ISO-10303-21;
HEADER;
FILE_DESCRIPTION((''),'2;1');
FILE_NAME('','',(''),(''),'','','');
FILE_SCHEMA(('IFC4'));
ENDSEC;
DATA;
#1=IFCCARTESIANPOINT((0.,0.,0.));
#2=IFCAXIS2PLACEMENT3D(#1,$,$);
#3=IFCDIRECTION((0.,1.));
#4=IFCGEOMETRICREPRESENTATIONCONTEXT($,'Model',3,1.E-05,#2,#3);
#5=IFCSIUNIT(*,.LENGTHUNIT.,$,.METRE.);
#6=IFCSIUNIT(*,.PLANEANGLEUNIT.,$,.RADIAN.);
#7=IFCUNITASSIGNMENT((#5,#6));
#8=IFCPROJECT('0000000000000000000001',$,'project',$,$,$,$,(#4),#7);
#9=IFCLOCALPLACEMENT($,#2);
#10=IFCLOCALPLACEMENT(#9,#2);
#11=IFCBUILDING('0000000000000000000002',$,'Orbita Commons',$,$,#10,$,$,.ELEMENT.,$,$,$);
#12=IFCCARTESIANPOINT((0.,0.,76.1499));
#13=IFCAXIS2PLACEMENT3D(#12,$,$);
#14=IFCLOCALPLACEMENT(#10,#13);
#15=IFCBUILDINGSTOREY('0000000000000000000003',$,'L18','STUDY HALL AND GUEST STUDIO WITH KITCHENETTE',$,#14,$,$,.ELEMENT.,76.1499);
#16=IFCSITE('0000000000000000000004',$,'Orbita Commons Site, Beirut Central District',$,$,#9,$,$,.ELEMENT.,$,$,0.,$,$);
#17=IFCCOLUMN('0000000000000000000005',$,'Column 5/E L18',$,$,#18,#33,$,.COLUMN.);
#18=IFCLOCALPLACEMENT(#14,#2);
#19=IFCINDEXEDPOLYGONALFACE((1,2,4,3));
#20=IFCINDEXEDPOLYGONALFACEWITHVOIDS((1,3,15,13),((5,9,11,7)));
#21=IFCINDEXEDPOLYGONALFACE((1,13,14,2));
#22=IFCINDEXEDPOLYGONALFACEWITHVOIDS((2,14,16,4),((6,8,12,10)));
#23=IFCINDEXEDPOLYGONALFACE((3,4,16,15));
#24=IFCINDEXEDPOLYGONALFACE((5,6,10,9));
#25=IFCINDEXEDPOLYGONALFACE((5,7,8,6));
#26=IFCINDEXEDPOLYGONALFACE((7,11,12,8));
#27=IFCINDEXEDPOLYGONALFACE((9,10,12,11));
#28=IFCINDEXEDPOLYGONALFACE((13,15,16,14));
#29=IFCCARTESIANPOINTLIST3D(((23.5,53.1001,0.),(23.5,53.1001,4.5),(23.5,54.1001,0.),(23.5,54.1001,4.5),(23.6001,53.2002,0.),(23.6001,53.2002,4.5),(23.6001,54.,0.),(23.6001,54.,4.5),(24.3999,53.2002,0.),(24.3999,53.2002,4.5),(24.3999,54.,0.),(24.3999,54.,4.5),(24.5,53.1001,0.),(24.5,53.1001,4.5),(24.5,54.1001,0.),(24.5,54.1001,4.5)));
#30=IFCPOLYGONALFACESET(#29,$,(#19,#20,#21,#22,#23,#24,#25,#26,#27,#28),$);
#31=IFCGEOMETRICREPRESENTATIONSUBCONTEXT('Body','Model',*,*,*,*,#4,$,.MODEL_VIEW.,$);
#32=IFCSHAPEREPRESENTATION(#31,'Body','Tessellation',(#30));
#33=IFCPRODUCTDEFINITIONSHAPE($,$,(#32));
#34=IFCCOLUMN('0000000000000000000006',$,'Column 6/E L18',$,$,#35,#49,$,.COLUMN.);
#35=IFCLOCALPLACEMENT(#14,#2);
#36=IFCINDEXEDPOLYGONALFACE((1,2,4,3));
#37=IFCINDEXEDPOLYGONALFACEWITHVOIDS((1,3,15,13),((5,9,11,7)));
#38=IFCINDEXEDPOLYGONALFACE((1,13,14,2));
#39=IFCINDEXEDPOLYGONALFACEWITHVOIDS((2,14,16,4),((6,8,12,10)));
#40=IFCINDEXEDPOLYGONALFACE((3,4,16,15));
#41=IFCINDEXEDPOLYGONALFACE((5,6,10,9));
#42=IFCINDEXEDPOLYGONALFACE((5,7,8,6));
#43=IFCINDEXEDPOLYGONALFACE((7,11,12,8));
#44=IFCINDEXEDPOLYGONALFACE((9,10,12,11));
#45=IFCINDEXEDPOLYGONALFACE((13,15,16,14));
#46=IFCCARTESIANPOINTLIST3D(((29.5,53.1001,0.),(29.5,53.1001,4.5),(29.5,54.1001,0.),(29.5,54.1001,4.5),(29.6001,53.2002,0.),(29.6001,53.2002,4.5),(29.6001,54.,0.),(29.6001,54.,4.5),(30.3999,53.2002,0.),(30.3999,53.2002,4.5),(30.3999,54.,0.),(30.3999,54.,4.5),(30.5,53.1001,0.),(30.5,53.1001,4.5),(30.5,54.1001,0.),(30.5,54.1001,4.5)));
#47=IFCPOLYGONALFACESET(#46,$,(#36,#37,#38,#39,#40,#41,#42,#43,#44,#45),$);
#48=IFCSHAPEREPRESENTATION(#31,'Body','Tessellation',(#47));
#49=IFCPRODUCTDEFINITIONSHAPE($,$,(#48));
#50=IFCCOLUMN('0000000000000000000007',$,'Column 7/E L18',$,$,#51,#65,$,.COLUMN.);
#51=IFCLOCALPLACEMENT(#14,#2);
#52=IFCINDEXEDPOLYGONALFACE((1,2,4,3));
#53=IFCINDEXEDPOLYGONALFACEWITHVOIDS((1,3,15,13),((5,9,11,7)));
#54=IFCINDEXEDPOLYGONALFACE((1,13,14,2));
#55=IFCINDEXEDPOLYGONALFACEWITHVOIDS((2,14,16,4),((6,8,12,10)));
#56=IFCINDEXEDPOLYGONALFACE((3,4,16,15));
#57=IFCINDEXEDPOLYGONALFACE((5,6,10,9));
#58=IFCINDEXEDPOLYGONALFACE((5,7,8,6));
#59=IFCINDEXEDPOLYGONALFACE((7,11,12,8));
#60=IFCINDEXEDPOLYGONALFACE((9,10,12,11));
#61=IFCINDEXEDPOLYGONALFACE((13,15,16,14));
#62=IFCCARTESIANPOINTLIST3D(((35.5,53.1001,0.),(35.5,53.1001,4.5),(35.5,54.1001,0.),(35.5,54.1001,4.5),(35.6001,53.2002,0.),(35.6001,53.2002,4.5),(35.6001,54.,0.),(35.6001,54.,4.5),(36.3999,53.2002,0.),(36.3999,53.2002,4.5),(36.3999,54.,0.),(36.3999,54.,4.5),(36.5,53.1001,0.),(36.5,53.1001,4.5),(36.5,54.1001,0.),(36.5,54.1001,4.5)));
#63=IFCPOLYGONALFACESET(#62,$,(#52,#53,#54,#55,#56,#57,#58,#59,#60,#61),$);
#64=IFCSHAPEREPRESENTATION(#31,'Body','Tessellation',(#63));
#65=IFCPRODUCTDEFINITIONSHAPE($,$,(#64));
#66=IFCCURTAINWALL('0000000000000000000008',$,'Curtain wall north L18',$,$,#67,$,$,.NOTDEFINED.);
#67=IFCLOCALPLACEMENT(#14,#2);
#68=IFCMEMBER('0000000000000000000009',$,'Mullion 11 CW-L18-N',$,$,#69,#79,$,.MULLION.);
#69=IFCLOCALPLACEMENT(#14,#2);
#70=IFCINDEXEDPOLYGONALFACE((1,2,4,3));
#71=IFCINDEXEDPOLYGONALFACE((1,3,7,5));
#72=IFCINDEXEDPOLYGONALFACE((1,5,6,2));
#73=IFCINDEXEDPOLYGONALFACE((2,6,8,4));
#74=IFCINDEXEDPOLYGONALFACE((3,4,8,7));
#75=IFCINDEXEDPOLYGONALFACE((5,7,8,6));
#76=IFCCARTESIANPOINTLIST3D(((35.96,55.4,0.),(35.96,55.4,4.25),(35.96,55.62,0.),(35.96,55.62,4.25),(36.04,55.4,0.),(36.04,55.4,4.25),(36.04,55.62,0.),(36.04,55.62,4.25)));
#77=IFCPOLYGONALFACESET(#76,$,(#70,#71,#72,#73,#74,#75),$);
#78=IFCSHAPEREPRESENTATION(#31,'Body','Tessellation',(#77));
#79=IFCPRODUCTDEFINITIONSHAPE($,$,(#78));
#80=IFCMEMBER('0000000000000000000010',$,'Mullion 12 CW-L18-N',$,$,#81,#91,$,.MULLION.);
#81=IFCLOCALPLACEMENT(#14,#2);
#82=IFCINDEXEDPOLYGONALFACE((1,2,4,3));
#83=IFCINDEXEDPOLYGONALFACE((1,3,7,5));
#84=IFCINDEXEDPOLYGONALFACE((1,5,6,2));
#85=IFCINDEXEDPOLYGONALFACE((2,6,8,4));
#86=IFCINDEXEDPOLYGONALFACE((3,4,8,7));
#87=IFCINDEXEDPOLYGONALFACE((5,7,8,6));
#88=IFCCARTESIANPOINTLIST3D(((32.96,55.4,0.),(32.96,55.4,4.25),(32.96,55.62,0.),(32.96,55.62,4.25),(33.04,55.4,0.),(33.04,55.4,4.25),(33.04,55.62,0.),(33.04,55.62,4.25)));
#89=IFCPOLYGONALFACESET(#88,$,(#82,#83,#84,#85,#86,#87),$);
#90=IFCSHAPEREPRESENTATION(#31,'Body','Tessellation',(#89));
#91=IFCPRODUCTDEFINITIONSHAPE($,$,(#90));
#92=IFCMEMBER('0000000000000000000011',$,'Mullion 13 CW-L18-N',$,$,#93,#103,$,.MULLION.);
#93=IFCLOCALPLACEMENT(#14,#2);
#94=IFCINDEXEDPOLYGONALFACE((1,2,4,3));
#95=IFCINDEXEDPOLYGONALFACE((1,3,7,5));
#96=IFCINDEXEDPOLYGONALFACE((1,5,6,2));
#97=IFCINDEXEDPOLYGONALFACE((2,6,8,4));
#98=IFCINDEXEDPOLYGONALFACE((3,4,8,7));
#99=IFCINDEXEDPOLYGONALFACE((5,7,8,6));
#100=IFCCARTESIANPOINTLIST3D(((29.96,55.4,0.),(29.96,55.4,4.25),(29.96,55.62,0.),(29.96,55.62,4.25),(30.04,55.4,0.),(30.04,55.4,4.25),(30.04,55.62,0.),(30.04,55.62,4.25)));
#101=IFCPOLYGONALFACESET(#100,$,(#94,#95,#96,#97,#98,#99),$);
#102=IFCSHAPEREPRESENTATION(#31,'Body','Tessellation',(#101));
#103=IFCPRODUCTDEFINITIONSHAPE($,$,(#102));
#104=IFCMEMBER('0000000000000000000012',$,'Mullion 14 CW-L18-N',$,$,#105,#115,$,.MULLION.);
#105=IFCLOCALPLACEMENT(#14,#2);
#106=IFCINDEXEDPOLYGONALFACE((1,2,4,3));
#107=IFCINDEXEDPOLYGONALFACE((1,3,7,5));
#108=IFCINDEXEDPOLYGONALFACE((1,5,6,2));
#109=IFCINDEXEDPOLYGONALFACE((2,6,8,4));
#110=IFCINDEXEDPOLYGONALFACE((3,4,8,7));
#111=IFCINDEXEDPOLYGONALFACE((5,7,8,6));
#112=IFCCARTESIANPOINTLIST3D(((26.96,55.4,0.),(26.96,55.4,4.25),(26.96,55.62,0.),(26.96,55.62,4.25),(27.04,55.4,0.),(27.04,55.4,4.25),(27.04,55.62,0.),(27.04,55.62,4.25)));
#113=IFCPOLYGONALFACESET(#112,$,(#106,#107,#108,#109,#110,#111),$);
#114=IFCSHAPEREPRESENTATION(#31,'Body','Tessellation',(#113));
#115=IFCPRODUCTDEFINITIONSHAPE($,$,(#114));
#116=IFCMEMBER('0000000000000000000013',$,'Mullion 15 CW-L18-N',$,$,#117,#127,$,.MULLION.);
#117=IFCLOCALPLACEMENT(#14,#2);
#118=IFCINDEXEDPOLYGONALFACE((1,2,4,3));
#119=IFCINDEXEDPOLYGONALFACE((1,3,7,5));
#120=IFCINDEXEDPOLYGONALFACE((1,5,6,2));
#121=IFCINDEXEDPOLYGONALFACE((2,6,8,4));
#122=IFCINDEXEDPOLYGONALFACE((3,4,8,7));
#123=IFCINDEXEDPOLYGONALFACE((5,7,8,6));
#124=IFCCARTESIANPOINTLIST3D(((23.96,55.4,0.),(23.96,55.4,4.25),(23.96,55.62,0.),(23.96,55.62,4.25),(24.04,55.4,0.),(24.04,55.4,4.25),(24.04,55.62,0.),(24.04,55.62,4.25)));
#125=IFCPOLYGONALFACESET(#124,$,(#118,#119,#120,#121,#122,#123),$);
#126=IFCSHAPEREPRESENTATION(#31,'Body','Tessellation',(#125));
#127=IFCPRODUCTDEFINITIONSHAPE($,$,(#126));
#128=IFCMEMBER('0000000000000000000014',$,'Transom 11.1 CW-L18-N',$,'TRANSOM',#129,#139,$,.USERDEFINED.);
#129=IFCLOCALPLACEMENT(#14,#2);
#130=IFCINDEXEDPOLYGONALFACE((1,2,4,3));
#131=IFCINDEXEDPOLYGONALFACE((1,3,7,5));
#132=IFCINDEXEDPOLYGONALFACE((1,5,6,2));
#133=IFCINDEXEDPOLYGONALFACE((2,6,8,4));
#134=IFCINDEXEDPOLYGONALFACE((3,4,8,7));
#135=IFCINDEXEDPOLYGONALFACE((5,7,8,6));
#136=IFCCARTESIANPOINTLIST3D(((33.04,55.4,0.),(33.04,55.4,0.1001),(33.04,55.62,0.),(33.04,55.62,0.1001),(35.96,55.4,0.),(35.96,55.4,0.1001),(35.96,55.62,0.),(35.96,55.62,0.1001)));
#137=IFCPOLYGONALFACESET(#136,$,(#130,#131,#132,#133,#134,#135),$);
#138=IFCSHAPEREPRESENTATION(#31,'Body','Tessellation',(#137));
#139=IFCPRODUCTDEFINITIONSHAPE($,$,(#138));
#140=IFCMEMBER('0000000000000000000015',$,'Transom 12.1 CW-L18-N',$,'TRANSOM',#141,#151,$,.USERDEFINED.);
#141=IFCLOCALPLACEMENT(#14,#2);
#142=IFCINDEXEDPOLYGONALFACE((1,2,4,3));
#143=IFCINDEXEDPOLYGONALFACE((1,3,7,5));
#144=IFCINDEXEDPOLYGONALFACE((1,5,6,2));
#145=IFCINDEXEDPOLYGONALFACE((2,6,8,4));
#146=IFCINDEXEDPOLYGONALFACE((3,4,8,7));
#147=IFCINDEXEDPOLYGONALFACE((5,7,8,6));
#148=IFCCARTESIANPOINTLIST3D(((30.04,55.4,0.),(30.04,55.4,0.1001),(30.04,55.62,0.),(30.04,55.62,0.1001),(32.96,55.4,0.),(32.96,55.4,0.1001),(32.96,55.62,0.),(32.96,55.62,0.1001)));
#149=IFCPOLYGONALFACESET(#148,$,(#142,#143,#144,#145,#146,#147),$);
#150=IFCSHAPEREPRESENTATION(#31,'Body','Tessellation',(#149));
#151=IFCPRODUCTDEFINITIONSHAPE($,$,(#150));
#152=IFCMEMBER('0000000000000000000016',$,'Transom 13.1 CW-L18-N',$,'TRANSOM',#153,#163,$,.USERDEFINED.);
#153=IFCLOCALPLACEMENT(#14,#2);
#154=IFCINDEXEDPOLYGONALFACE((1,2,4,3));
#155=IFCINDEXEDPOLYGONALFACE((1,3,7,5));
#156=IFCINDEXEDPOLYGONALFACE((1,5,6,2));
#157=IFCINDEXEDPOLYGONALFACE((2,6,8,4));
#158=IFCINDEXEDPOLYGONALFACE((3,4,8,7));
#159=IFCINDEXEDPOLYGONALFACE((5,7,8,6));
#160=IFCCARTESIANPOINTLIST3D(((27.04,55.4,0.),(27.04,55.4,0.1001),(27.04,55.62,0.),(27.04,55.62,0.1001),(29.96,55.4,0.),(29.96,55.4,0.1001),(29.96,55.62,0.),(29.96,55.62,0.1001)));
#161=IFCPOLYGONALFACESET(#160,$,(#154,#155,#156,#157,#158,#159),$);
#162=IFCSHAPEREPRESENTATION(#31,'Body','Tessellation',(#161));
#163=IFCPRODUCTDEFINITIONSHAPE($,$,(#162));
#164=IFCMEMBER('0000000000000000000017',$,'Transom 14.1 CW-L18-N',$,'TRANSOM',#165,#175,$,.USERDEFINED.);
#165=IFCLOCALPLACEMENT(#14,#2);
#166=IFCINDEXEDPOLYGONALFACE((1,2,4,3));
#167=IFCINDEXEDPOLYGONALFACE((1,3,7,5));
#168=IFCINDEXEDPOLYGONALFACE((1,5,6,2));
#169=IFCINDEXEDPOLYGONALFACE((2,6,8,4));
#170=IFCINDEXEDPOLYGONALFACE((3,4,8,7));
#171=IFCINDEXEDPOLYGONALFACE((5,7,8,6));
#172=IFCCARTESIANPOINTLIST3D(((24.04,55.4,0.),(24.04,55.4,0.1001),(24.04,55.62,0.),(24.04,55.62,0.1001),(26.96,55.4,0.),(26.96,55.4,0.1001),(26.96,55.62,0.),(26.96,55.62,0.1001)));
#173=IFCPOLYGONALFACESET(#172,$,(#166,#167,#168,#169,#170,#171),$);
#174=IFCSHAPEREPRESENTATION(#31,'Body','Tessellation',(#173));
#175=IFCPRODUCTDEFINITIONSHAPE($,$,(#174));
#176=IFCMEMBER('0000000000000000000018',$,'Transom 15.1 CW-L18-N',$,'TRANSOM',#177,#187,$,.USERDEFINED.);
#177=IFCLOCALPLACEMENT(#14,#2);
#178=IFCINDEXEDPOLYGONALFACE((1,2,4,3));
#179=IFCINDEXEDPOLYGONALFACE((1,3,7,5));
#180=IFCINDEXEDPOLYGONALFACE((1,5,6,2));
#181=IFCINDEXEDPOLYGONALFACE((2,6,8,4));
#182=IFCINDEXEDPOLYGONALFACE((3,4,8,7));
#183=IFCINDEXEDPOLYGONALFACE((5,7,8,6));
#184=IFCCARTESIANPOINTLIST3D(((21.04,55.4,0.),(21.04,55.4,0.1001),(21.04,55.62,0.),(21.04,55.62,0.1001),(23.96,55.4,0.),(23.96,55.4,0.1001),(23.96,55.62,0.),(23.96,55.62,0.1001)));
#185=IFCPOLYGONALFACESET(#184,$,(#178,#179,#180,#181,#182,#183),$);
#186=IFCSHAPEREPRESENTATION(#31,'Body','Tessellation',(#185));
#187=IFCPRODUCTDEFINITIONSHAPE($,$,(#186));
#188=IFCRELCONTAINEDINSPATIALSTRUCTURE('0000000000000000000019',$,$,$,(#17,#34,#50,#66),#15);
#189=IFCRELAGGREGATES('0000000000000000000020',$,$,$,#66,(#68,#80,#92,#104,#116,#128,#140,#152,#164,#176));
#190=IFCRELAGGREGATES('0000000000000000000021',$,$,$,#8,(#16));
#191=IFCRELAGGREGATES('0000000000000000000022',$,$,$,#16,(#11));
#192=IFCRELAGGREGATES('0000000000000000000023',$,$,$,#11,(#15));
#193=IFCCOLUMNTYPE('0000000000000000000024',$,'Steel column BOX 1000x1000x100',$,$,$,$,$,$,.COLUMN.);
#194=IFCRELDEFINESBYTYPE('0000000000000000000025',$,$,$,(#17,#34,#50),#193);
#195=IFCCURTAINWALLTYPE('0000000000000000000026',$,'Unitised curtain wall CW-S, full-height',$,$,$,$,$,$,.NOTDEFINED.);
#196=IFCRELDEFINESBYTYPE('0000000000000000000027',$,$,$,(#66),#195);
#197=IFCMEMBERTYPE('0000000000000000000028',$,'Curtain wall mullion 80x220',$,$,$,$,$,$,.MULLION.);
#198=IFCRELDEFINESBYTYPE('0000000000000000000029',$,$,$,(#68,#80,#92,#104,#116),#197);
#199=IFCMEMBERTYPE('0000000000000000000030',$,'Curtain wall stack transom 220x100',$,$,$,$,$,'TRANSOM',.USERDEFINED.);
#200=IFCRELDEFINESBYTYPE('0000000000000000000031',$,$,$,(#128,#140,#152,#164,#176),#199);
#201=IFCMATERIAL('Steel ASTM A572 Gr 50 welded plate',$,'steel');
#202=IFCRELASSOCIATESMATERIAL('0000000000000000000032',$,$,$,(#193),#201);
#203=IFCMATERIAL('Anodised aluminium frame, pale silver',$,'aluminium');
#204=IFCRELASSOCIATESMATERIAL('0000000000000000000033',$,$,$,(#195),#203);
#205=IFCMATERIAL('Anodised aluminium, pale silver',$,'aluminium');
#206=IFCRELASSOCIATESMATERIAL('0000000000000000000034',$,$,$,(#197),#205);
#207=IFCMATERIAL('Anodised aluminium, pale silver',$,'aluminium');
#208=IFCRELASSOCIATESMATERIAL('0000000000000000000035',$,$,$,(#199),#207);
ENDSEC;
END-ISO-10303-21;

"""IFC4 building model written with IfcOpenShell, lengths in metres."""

from ifc_helpers import new_model, si_unit, direction, frame, origin, origin_2d, place, context, subcontext, project, spatial, rectangle, hollow_rectangle, extrude, material, material_profile, profile_set, type_object, element, aggregate, save


model = new_model("IFC4")

# Units and contexts
model_context = context("Model", 3, precision=1e-05, world=origin(), true_north=direction((0.0, 1.0)))
body_context = subcontext(model_context, "Body", "Model", "MODEL_VIEW")
ifc_project = project(units=[si_unit("LENGTHUNIT", "METRE"), si_unit("PLANEANGLEUNIT", "RADIAN")], contexts=[model_context])

# Site, building, storey
site_placement = place(None, origin())
site = spatial("IfcSite", under=ifc_project, at=site_placement, Name="Orbita Commons Site, Beirut Central District", CompositionType="ELEMENT", RefElevation=0.0)
building_placement = place(site_placement, origin())
building = spatial("IfcBuilding", under=site, at=building_placement, Name="Orbita Commons", CompositionType="ELEMENT")
storey_placement = place(building_placement, frame((0.0, 0.0, 76.1499)))
storey = spatial("IfcBuildingStorey", under=building, at=storey_placement, Name="L18", Description="STUDY HALL AND GUEST STUDIO WITH KITCHENETTE", CompositionType="ELEMENT", Elevation=76.1499)

# Columns
ifc_material_1 = material(Name="Steel ASTM A572 Gr 50 welded plate", Category="steel")
ifc_material_profile_1 = material_profile(ifc_material_1, hollow_rectangle(XDim=1.0, YDim=1.0, WallThickness=0.1001, at=origin_2d()), Name="BOX 1000x1000x100")
ifc_profile_set_1 = profile_set([ifc_material_profile_1], Name="Steel ASTM A572 Gr 50 welded plate")
column_type = type_object("IfcColumnType", Name="Steel column BOX 1000x1000x100", PredefinedType="COLUMN", material=ifc_profile_set_1)
for number, where, z_axis, x_axis, name in (
    (1, (24.0, 53.6001, 0.0), (0.0, 0.0, 1.0), (1.0, 0.0, 0.0), "Column 5/E L18"),
    (2, (30.0, 53.6001, 0.0), (0.0, 0.0, 1.0), (1.0, 0.0, 0.0), "Column 6/E L18"),
    (3, (36.0, 53.6001, 0.0), (0.0, 0.0, 1.0), (1.0, 0.0, 0.0), "Column 7/E L18"),
):
    element("IfcColumn", number, at=place(storey_placement, frame(where, z_axis=z_axis, x_axis=x_axis)), inside=storey, type_object=column_type, Name=name, PredefinedType="COLUMN", context=body_context, shape_type="SweptSolid", body=[
        extrude(hollow_rectangle(XDim=1.0, YDim=1.0, WallThickness=0.1001, at=origin_2d()), origin(), (0.0, 0.0, 1.0), 4.5),
    ])

# Curtain wall, members
ifc_material_2 = material(Name="Anodised aluminium frame, pale silver", Category="aluminium")
curtain_wall_type = type_object("IfcCurtainWallType", Name="Unitised curtain wall CW-S, full-height", PredefinedType="NOTDEFINED", material=ifc_material_2)
curtain_wall_placement = place(storey_placement, origin())
curtain_wall = element("IfcCurtainWall", 4, at=curtain_wall_placement, inside=storey, type_object=curtain_wall_type, Name="Curtain wall north L18", PredefinedType="NOTDEFINED")
ifc_material_3 = material(Name="Anodised aluminium, pale silver", Category="aluminium")
ifc_material_profile_2 = material_profile(ifc_material_3, rectangle(XDim=0.0801, YDim=0.22, at=origin_2d()), Name="AL 80x220")
ifc_profile_set_2 = profile_set([ifc_material_profile_2], Name="Anodised aluminium, pale silver")
member_type_1 = type_object("IfcMemberType", Name="Curtain wall mullion 80x220", PredefinedType="MULLION", material=ifc_profile_set_2)
member_1_placement = place(storey_placement, frame((36.0, 55.51, 0.0), z_axis=(0.0, 0.0, 1.0), x_axis=(-1.0, 0.0, 0.0)))
member_1 = element("IfcMember", 5, at=member_1_placement, type_object=member_type_1, Name="Mullion 11 CW-L18-N", PredefinedType="MULLION", context=body_context, shape_type="SweptSolid", body=[
    extrude(rectangle(XDim=0.0801, YDim=0.22, at=origin_2d()), origin(), (0.0, 0.0, 1.0), 4.25),
])
member_2_placement = place(storey_placement, frame((33.0, 55.51, 0.0), z_axis=(0.0, 0.0, 1.0), x_axis=(-1.0, 0.0, 0.0)))
member_2 = element("IfcMember", 6, at=member_2_placement, type_object=member_type_1, Name="Mullion 12 CW-L18-N", PredefinedType="MULLION", context=body_context, shape_type="SweptSolid", body=[
    extrude(rectangle(XDim=0.0801, YDim=0.22, at=origin_2d()), origin(), (0.0, 0.0, 1.0), 4.25),
])
member_3_placement = place(storey_placement, frame((30.0, 55.51, 0.0), z_axis=(0.0, 0.0, 1.0), x_axis=(-1.0, 0.0, 0.0)))
member_3 = element("IfcMember", 7, at=member_3_placement, type_object=member_type_1, Name="Mullion 13 CW-L18-N", PredefinedType="MULLION", context=body_context, shape_type="SweptSolid", body=[
    extrude(rectangle(XDim=0.0801, YDim=0.22, at=origin_2d()), origin(), (0.0, 0.0, 1.0), 4.25),
])
member_4_placement = place(storey_placement, frame((27.0, 55.51, 0.0), z_axis=(0.0, 0.0, 1.0), x_axis=(-1.0, 0.0, 0.0)))
member_4 = element("IfcMember", 8, at=member_4_placement, type_object=member_type_1, Name="Mullion 14 CW-L18-N", PredefinedType="MULLION", context=body_context, shape_type="SweptSolid", body=[
    extrude(rectangle(XDim=0.0801, YDim=0.22, at=origin_2d()), origin(), (0.0, 0.0, 1.0), 4.25),
])
member_5_placement = place(storey_placement, frame((24.0, 55.51, 0.0), z_axis=(0.0, 0.0, 1.0), x_axis=(-1.0, 0.0, 0.0)))
member_5 = element("IfcMember", 9, at=member_5_placement, type_object=member_type_1, Name="Mullion 15 CW-L18-N", PredefinedType="MULLION", context=body_context, shape_type="SweptSolid", body=[
    extrude(rectangle(XDim=0.0801, YDim=0.22, at=origin_2d()), origin(), (0.0, 0.0, 1.0), 4.25),
])
ifc_material_4 = material(Name="Anodised aluminium, pale silver", Category="aluminium")
ifc_material_profile_3 = material_profile(ifc_material_4, rectangle(XDim=0.22, YDim=0.1001, at=origin_2d()), Name="AL 220x100")
ifc_profile_set_3 = profile_set([ifc_material_profile_3], Name="Anodised aluminium, pale silver")
member_type_2 = type_object("IfcMemberType", Name="Curtain wall stack transom 220x100", ElementType="TRANSOM", PredefinedType="USERDEFINED", material=ifc_profile_set_3)
member_6_placement = place(storey_placement, frame((35.96, 55.51, 0.05), z_axis=(-1.0, 0.0, 0.0), x_axis=(0.0, -1.0, 0.0)))
member_6 = element("IfcMember", 10, at=member_6_placement, type_object=member_type_2, Name="Transom 11.1 CW-L18-N", ObjectType="TRANSOM", PredefinedType="USERDEFINED", context=body_context, shape_type="SweptSolid", body=[
    extrude(rectangle(XDim=0.22, YDim=0.1001, at=origin_2d()), origin(), (0.0, 0.0, 1.0), 2.9199),
])
member_7_placement = place(storey_placement, frame((32.96, 55.51, 0.05), z_axis=(-1.0, 0.0, 0.0), x_axis=(0.0, -1.0, 0.0)))
member_7 = element("IfcMember", 11, at=member_7_placement, type_object=member_type_2, Name="Transom 12.1 CW-L18-N", ObjectType="TRANSOM", PredefinedType="USERDEFINED", context=body_context, shape_type="SweptSolid", body=[
    extrude(rectangle(XDim=0.22, YDim=0.1001, at=origin_2d()), origin(), (0.0, 0.0, 1.0), 2.9199),
])
member_8_placement = place(storey_placement, frame((29.96, 55.51, 0.05), z_axis=(-1.0, 0.0, 0.0), x_axis=(0.0, -1.0, 0.0)))
member_8 = element("IfcMember", 12, at=member_8_placement, type_object=member_type_2, Name="Transom 13.1 CW-L18-N", ObjectType="TRANSOM", PredefinedType="USERDEFINED", context=body_context, shape_type="SweptSolid", body=[
    extrude(rectangle(XDim=0.22, YDim=0.1001, at=origin_2d()), origin(), (0.0, 0.0, 1.0), 2.9199),
])
member_9_placement = place(storey_placement, frame((26.96, 55.51, 0.05), z_axis=(-1.0, 0.0, 0.0), x_axis=(0.0, -1.0, 0.0)))
member_9 = element("IfcMember", 13, at=member_9_placement, type_object=member_type_2, Name="Transom 14.1 CW-L18-N", ObjectType="TRANSOM", PredefinedType="USERDEFINED", context=body_context, shape_type="SweptSolid", body=[
    extrude(rectangle(XDim=0.22, YDim=0.1001, at=origin_2d()), origin(), (0.0, 0.0, 1.0), 2.9199),
])
member_10_placement = place(storey_placement, frame((23.96, 55.51, 0.05), z_axis=(-1.0, 0.0, 0.0), x_axis=(0.0, -1.0, 0.0)))
member_10 = element("IfcMember", 14, at=member_10_placement, type_object=member_type_2, Name="Transom 15.1 CW-L18-N", ObjectType="TRANSOM", PredefinedType="USERDEFINED", context=body_context, shape_type="SweptSolid", body=[
    extrude(rectangle(XDim=0.22, YDim=0.1001, at=origin_2d()), origin(), (0.0, 0.0, 1.0), 2.9199),
])

aggregate(curtain_wall, [member_1, member_2, member_3, member_4, member_5, member_6, member_7, member_8, member_9, member_10])

save(model, "model.ifc")
